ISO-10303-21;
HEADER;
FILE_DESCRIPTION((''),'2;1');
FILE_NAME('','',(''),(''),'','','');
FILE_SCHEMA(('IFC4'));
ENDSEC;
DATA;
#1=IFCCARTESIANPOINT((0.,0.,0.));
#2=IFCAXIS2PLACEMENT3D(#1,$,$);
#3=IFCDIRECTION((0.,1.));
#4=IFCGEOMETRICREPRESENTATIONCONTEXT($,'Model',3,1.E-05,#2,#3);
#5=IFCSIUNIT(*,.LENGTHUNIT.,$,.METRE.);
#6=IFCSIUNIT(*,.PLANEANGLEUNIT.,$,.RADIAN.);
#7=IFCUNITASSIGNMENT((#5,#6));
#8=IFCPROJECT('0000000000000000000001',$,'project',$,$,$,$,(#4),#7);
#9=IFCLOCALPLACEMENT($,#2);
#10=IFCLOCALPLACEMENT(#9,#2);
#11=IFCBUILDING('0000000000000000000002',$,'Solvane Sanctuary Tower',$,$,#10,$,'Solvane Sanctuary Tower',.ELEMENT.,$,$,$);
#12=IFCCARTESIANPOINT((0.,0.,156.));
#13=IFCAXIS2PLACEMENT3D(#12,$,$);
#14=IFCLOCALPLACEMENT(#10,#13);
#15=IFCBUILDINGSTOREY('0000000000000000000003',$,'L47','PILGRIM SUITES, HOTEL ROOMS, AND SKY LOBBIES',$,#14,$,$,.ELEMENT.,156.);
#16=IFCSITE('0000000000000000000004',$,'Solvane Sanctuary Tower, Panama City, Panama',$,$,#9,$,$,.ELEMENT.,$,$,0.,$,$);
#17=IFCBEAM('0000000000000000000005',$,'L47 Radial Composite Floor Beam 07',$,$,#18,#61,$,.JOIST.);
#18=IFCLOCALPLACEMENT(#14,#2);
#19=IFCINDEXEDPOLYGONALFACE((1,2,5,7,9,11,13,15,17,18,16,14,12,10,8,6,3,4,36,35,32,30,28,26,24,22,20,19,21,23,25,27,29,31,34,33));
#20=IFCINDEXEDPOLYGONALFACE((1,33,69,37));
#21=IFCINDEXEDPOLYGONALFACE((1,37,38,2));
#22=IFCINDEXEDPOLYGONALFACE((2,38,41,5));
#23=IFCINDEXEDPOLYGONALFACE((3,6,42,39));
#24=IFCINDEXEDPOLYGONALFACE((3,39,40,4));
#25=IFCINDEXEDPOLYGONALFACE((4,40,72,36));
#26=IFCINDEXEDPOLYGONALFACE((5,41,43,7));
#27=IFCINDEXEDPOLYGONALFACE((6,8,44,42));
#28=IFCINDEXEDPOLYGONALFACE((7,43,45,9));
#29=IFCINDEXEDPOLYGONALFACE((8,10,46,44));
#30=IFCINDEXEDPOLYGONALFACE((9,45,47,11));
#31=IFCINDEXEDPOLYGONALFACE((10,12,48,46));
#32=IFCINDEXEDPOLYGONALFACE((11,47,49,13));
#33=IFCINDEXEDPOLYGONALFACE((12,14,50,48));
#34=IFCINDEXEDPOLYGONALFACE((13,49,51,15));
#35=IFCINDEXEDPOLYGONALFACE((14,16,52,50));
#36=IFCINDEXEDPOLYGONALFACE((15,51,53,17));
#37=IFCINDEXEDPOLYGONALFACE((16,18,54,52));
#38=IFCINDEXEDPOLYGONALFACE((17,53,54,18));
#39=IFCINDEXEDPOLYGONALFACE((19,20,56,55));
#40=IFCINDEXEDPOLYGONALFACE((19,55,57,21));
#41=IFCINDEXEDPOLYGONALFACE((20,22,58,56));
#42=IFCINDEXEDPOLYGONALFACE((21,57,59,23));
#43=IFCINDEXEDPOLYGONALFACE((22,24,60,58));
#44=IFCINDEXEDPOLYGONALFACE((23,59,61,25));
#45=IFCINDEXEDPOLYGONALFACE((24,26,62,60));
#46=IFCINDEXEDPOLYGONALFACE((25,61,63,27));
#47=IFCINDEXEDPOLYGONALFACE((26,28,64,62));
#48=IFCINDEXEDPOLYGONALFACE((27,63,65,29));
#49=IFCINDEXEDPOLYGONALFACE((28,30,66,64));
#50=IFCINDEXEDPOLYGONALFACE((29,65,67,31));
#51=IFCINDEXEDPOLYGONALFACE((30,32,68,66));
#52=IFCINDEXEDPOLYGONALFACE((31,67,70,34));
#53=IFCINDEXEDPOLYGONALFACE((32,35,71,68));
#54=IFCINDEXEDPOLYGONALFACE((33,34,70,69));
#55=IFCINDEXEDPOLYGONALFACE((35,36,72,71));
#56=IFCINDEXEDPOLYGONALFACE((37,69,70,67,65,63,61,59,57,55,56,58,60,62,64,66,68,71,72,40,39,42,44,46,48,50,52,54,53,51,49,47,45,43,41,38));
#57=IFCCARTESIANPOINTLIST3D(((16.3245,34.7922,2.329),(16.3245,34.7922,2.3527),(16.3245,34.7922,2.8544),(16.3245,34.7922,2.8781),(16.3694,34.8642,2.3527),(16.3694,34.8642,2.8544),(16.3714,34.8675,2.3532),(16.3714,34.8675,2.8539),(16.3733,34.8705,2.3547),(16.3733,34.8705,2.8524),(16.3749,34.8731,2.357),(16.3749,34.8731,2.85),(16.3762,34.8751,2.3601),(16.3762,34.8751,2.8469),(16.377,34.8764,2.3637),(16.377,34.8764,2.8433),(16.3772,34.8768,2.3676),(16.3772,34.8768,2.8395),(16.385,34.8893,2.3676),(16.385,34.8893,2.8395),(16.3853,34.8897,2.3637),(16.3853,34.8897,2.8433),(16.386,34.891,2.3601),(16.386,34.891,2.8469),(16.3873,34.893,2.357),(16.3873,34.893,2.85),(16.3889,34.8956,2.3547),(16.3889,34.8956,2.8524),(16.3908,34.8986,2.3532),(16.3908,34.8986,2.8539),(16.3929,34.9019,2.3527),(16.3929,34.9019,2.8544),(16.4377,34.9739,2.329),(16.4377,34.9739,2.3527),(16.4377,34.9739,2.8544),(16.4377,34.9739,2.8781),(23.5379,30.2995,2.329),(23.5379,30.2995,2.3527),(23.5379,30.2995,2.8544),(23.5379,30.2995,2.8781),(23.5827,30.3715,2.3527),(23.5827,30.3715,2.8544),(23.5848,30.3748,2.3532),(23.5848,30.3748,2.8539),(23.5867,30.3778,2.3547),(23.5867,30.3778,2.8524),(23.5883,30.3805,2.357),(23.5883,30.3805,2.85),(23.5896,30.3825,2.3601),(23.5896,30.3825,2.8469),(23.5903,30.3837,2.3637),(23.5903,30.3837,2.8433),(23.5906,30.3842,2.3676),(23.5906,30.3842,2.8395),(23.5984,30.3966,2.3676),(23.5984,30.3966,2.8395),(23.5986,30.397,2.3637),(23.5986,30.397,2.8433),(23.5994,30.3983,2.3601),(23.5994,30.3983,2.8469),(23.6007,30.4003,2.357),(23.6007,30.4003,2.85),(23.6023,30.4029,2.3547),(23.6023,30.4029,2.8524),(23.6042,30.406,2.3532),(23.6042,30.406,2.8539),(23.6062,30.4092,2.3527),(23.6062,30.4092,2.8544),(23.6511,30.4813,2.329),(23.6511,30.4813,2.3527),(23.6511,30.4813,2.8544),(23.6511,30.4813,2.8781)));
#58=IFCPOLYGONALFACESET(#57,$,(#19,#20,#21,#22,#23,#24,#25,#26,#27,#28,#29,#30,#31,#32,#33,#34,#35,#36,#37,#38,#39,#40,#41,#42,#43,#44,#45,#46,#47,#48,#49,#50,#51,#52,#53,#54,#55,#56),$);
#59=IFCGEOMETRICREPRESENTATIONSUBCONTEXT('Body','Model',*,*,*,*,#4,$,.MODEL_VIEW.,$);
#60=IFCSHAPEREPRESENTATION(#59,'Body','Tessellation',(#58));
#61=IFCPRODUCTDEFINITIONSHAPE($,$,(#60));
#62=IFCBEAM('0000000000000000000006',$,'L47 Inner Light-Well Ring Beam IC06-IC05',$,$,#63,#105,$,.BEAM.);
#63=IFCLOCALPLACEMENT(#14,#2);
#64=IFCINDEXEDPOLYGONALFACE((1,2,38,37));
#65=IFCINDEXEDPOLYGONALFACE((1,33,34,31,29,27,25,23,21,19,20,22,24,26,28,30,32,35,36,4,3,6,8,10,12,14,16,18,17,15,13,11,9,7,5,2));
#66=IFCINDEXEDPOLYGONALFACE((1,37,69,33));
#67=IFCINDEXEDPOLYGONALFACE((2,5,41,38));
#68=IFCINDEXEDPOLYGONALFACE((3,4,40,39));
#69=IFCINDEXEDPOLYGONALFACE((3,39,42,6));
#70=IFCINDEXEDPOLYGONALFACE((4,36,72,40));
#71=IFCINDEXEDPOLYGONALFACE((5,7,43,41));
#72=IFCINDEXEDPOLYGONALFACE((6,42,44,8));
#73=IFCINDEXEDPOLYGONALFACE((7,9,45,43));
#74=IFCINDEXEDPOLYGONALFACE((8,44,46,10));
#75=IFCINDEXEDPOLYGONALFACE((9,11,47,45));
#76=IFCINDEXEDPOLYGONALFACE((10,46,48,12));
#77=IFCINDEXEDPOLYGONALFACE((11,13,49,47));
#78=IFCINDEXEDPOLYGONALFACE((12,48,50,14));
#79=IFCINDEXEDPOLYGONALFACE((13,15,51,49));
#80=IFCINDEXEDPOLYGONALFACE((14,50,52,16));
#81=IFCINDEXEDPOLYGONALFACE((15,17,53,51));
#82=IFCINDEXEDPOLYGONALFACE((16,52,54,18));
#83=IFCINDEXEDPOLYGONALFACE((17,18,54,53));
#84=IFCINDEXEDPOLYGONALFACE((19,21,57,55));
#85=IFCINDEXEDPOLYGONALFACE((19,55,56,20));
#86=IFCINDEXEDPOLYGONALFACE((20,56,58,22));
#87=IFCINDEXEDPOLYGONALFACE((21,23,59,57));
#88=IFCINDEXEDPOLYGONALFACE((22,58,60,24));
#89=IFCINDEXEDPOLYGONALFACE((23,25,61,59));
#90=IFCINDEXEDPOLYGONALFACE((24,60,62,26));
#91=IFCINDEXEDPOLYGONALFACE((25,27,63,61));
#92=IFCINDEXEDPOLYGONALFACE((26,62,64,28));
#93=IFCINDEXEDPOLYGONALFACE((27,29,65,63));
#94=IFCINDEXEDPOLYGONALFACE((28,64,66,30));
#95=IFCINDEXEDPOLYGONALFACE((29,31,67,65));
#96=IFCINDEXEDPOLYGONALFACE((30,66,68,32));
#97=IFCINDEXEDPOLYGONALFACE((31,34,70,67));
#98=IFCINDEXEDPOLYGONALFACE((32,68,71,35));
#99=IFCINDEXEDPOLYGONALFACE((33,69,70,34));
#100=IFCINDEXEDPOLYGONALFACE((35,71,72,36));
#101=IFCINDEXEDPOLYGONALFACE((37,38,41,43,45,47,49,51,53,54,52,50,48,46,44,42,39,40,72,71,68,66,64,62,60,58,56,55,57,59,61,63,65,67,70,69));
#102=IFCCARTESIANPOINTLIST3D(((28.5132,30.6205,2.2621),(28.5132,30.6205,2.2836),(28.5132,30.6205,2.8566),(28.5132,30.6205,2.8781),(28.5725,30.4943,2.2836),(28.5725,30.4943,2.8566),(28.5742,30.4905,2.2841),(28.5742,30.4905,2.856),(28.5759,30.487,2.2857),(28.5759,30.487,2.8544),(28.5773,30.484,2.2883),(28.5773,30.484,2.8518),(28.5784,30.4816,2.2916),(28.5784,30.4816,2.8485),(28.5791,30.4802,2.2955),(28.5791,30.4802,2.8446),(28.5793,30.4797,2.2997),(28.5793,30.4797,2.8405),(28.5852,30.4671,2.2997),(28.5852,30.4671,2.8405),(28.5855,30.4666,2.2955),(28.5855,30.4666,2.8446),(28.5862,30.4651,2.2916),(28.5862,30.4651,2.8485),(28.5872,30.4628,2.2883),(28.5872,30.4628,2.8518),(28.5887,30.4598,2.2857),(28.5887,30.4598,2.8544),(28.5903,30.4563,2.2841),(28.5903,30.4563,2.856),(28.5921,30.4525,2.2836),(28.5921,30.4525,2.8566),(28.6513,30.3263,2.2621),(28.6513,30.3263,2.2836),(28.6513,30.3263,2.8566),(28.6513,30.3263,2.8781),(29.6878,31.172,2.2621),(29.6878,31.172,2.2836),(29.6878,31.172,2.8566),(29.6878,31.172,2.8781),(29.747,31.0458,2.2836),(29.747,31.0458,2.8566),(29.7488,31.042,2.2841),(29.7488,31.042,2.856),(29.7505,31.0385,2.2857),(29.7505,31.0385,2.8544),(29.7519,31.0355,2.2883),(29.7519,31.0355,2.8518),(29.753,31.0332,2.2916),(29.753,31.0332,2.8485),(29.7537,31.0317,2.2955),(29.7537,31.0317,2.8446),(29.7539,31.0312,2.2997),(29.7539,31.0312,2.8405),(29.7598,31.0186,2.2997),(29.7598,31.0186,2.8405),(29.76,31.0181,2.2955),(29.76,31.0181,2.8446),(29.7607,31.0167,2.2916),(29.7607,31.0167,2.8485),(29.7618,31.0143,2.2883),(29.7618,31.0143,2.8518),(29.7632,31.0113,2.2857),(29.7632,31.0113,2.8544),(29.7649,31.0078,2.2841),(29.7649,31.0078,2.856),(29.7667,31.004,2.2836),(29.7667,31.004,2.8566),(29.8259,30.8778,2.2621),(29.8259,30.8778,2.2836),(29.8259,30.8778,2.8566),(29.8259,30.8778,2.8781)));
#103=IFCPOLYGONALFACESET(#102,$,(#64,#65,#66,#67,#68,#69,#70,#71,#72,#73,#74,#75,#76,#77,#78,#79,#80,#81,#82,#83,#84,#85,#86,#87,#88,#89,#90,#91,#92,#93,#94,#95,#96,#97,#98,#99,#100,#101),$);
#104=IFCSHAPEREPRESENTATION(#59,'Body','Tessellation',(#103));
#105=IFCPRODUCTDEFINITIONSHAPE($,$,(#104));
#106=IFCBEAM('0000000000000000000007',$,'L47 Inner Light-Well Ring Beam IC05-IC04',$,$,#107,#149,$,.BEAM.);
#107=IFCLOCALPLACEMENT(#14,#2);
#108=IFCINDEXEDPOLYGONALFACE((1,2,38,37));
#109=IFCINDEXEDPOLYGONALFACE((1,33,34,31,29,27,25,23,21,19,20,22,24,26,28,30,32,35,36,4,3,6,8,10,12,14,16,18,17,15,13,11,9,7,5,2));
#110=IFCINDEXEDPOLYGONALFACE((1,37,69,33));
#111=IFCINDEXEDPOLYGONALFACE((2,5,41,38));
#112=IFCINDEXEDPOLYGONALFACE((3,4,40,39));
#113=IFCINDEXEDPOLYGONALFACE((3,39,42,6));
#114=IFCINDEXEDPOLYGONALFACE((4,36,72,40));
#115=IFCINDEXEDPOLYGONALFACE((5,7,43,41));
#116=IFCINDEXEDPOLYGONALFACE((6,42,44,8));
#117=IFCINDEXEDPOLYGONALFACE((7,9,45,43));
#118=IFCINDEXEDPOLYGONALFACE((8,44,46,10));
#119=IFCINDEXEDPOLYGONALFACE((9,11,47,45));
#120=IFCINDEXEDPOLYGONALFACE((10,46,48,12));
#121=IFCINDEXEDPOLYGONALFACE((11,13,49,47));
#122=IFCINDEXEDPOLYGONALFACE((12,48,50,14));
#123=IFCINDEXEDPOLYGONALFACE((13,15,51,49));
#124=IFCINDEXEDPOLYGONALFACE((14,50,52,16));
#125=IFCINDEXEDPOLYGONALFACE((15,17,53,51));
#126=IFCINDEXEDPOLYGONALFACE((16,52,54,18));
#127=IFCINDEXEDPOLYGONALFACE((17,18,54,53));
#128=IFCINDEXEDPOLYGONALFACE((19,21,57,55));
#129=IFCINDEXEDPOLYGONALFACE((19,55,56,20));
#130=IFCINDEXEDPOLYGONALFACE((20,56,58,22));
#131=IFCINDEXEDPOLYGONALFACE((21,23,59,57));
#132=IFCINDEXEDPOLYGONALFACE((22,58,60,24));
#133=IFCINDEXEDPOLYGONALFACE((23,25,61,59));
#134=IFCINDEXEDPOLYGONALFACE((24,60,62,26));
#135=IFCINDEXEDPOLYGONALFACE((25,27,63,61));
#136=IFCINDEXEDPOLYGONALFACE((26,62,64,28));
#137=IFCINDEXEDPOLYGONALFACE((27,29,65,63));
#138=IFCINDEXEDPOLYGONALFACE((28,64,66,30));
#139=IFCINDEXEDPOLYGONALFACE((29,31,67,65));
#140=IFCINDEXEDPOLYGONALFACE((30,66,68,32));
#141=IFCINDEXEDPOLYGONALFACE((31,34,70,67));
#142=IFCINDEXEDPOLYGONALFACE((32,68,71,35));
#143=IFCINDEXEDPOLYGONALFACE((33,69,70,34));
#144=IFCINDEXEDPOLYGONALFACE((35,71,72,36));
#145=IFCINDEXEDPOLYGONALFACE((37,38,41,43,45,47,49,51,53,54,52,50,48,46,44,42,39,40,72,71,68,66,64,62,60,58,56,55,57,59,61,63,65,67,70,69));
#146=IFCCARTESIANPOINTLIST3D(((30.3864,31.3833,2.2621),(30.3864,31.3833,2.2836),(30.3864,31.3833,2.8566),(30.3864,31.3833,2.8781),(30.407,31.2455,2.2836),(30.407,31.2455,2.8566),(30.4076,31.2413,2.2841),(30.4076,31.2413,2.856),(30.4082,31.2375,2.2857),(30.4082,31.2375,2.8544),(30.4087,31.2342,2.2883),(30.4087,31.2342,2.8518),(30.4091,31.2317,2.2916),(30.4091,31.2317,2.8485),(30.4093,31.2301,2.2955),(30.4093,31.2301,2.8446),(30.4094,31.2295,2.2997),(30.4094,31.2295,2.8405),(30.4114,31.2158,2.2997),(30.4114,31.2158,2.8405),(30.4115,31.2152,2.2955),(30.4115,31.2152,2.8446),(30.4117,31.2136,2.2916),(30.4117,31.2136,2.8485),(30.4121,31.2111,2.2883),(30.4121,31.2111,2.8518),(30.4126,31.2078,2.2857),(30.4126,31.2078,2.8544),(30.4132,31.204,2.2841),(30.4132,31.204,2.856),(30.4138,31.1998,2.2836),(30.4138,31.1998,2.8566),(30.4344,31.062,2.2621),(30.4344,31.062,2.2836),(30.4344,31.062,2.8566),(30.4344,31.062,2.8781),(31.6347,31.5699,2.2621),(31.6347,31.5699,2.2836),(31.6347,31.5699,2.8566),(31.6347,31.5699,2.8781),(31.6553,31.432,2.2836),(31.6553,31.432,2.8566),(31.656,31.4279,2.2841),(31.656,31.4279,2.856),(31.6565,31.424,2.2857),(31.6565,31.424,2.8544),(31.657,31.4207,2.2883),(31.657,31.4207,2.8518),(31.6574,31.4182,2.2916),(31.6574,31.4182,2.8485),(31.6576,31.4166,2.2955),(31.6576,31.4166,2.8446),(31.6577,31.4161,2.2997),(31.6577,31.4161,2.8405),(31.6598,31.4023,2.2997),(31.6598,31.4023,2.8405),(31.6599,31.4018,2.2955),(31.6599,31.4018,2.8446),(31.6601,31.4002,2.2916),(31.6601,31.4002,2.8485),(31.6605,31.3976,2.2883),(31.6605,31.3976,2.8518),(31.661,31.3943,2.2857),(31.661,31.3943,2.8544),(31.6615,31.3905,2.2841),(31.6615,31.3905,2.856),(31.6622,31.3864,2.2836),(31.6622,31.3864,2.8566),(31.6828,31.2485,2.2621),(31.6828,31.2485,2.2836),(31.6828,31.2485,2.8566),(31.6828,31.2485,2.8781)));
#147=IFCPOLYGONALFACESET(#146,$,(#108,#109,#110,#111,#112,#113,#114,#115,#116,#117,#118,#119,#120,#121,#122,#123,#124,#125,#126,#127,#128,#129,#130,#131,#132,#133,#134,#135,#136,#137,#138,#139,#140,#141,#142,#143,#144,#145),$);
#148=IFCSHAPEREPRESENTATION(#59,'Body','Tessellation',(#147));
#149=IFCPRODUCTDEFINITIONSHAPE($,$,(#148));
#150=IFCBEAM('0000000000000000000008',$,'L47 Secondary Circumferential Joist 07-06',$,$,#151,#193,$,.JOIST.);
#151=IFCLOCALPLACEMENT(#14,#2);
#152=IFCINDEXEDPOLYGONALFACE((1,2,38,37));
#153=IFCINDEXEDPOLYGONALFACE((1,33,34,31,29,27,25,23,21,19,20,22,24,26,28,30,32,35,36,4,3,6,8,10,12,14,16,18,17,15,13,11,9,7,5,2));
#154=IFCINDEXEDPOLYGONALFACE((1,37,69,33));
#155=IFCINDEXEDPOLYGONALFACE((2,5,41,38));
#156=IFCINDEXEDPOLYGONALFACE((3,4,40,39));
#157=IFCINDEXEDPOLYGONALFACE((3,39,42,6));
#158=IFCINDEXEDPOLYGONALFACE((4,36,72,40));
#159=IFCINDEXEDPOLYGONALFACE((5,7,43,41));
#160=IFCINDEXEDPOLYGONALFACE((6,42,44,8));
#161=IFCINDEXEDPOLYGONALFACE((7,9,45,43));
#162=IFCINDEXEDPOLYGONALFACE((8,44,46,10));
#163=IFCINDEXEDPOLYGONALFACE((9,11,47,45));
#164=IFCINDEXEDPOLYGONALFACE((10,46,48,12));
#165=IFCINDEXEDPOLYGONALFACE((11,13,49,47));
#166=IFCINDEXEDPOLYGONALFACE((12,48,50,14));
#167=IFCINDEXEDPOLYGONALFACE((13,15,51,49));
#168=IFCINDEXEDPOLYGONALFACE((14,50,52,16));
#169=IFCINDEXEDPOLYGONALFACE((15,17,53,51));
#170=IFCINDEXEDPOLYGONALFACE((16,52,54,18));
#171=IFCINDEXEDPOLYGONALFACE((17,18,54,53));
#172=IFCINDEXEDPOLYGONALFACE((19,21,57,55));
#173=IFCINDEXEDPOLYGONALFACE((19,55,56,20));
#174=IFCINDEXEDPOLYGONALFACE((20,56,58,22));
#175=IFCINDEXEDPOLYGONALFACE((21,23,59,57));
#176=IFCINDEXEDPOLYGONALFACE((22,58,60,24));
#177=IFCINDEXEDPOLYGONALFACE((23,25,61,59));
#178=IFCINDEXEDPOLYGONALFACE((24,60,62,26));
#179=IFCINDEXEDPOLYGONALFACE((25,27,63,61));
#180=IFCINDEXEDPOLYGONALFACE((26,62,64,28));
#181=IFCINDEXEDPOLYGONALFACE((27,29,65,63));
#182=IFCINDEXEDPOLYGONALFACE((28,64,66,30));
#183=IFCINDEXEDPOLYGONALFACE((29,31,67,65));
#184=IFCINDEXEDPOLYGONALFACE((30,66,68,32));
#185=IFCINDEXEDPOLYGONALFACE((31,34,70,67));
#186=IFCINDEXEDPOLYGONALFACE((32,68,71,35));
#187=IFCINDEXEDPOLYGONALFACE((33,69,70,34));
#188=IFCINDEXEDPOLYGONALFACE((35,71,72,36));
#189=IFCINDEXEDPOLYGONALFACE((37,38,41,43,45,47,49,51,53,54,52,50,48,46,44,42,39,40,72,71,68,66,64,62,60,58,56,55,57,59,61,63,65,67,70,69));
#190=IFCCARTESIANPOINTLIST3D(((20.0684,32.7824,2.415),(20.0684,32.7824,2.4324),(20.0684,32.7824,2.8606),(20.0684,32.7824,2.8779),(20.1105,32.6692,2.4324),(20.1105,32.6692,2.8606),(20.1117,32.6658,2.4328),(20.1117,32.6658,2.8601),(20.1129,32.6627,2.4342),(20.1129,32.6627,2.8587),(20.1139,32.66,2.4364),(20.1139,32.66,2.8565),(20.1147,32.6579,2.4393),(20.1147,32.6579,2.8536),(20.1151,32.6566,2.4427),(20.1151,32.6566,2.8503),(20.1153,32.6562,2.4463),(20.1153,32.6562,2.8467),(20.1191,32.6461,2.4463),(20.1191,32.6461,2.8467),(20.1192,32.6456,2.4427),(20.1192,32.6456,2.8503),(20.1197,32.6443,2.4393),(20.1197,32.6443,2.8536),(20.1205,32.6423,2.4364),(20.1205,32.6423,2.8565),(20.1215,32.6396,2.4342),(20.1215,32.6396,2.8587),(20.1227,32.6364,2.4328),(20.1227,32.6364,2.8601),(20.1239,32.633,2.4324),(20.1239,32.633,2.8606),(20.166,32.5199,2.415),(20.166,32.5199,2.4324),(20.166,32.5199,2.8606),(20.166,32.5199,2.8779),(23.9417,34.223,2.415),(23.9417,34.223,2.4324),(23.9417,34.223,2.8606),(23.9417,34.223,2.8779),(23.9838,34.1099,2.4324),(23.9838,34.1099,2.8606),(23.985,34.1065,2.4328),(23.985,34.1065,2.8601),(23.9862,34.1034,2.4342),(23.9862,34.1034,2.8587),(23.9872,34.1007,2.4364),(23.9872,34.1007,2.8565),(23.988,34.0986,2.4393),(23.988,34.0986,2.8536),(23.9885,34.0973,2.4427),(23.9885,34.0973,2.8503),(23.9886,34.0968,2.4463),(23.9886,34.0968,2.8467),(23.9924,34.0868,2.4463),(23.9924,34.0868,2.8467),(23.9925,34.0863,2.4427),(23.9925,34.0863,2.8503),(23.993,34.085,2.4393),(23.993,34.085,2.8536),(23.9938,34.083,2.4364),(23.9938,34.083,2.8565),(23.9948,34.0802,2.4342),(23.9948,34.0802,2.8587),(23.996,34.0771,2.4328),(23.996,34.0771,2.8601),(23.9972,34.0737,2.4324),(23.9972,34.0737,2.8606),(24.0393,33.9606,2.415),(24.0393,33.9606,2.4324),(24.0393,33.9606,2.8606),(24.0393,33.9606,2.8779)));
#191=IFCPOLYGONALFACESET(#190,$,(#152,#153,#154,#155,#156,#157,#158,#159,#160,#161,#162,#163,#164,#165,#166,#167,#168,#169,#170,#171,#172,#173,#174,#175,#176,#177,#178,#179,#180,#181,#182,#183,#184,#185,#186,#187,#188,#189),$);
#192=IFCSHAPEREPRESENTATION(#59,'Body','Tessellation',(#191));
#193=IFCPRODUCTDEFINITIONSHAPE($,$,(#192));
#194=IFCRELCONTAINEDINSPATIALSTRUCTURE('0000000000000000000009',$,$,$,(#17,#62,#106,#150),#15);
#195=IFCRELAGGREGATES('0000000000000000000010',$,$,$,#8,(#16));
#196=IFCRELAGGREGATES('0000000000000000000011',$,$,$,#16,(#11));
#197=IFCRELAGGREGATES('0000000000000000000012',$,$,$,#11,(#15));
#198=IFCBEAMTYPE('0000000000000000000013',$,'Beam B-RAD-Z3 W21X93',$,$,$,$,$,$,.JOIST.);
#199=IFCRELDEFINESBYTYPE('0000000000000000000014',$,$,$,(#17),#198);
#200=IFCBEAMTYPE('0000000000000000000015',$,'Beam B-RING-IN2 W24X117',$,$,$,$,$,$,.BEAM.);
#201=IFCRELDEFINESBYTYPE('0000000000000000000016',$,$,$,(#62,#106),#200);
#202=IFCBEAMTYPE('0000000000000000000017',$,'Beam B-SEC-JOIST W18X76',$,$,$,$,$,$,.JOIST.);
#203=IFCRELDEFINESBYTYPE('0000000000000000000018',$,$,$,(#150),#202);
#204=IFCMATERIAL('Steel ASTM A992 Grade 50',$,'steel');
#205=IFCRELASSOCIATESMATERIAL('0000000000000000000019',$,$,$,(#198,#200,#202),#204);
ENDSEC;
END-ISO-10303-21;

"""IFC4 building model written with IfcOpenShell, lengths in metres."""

from ifc_helpers import new_model, si_unit, direction, frame, origin, origin_2d, place, context, subcontext, project, spatial, i_section, extrude, material, material_profile, profile_set, type_object, element, save


model = new_model("IFC4")

# Units and contexts
model_context = context("Model", 3, precision=1e-05, world=origin(), true_north=direction((0.0, 1.0)))
body_context = subcontext(model_context, "Body", "Model", "MODEL_VIEW")
ifc_project = project(units=[si_unit("LENGTHUNIT", "METRE"), si_unit("PLANEANGLEUNIT", "RADIAN")], contexts=[model_context])

# Site, building, storey
site_placement = place(None, origin())
site = spatial("IfcSite", under=ifc_project, at=site_placement, Name="Solvane Sanctuary Tower, Panama City, Panama", CompositionType="ELEMENT", RefElevation=0.0)
building_placement = place(site_placement, origin())
building = spatial("IfcBuilding", under=site, at=building_placement, Name="Solvane Sanctuary Tower", LongName="Solvane Sanctuary Tower", CompositionType="ELEMENT")
storey_placement = place(building_placement, frame((0.0, 0.0, 156.0)))
storey = spatial("IfcBuildingStorey", under=building, at=storey_placement, Name="L47", Description="PILGRIM SUITES, HOTEL ROOMS, AND SKY LOBBIES", CompositionType="ELEMENT", Elevation=156.0)

# Beams
ifc_material_1 = material(Name="Steel ASTM A992 Grade 50", Category="steel")
ifc_material_profile_1 = material_profile(ifc_material_1, i_section(OverallWidth=0.2141, OverallDepth=0.5491, WebThickness=0.0146, FlangeThickness=0.0237, FilletRadius=0.0149, at=origin_2d()), Name="W21X93")
ifc_profile_set_1 = profile_set([ifc_material_profile_1], Name="Steel ASTM A992 Grade 50")
beam_type_1 = type_object("IfcBeamType", Name="Beam B-RAD-Z3 W21X93", PredefinedType="JOIST", material=ifc_profile_set_1)
beam_1_placement = place(storey_placement, frame((23.5945, 30.3904, 2.6035), z_axis=(-0.848827, 0.528671, 0.0), x_axis=(-0.528671, -0.848827, 0.0)))
element("IfcBeam", 1, at=beam_1_placement, inside=storey, type_object=beam_type_1, Name="L47 Radial Composite Floor Beam 07", PredefinedType="JOIST", context=body_context, shape_type="SweptSolid", body=[
    extrude(i_section(OverallWidth=0.2141, OverallDepth=0.5491, WebThickness=0.0146, FlangeThickness=0.0237, FilletRadius=0.0149, at=origin_2d()), origin(), (0.0, 0.0, 1.0), 8.498),
])
ifc_material_profile_2 = material_profile(ifc_material_1, i_section(OverallWidth=0.325, OverallDepth=0.616, WebThickness=0.0139, FlangeThickness=0.0215, FilletRadius=0.0161, at=origin_2d()), Name="W24X117")
ifc_profile_set_2 = profile_set([ifc_material_profile_2], Name="Steel ASTM A992 Grade 50")
beam_type_2 = type_object("IfcBeamType", Name="Beam B-RING-IN2 W24X117", PredefinedType="BEAM", material=ifc_profile_set_2)
beam_2_placement = place(storey_placement, frame((28.5823, 30.4734, 2.5701), z_axis=(0.905181, 0.425027, 0.0), x_axis=(-0.425027, 0.905181, 0.0)))
element("IfcBeam", 2, at=beam_2_placement, inside=storey, type_object=beam_type_2, Name="L47 Inner Light-Well Ring Beam IC06-IC05", PredefinedType="BEAM", context=body_context, shape_type="SweptSolid", body=[
    extrude(i_section(OverallWidth=0.325, OverallDepth=0.616, WebThickness=0.0139, FlangeThickness=0.0215, FilletRadius=0.0161, at=origin_2d()), origin(), (0.0, 0.0, 1.0), 1.2976),
])
beam_3_placement = place(storey_placement, frame((30.4104, 31.2227, 2.5701), z_axis=(0.98902, 0.147782, 0.0), x_axis=(-0.147782, 0.98902, 0.0)))
element("IfcBeam", 3, at=beam_3_placement, inside=storey, type_object=beam_type_2, Name="L47 Inner Light-Well Ring Beam IC05-IC04", PredefinedType="BEAM", context=body_context, shape_type="SweptSolid", body=[
    extrude(i_section(OverallWidth=0.325, OverallDepth=0.616, WebThickness=0.0139, FlangeThickness=0.0215, FilletRadius=0.0161, at=origin_2d()), origin(), (0.0, 0.0, 1.0), 1.2622),
])
ifc_material_profile_3 = material_profile(ifc_material_1, i_section(OverallWidth=0.28, OverallDepth=0.4629, WebThickness=0.0107, FlangeThickness=0.0173, FilletRadius=0.0139, at=origin_2d()), Name="W18X76")
ifc_profile_set_3 = profile_set([ifc_material_profile_3], Name="Steel ASTM A992 Grade 50")
beam_type_3 = type_object("IfcBeamType", Name="Beam B-SEC-JOIST W18X76", PredefinedType="JOIST", material=ifc_profile_set_3)
beam_4_placement = place(storey_placement, frame((20.1172, 32.6511, 2.6465), z_axis=(0.937265, 0.348617, 0.0), x_axis=(-0.348617, 0.937265, 0.0)))
element("IfcBeam", 4, at=beam_4_placement, inside=storey, type_object=beam_type_3, Name="L47 Secondary Circumferential Joist 07-06", PredefinedType="JOIST", context=body_context, shape_type="SweptSolid", body=[
    extrude(i_section(OverallWidth=0.28, OverallDepth=0.4629, WebThickness=0.0107, FlangeThickness=0.0173, FilletRadius=0.0139, at=origin_2d()), origin(), (0.0, 0.0, 1.0), 4.1326),
])

save(model, "model.ifc")
